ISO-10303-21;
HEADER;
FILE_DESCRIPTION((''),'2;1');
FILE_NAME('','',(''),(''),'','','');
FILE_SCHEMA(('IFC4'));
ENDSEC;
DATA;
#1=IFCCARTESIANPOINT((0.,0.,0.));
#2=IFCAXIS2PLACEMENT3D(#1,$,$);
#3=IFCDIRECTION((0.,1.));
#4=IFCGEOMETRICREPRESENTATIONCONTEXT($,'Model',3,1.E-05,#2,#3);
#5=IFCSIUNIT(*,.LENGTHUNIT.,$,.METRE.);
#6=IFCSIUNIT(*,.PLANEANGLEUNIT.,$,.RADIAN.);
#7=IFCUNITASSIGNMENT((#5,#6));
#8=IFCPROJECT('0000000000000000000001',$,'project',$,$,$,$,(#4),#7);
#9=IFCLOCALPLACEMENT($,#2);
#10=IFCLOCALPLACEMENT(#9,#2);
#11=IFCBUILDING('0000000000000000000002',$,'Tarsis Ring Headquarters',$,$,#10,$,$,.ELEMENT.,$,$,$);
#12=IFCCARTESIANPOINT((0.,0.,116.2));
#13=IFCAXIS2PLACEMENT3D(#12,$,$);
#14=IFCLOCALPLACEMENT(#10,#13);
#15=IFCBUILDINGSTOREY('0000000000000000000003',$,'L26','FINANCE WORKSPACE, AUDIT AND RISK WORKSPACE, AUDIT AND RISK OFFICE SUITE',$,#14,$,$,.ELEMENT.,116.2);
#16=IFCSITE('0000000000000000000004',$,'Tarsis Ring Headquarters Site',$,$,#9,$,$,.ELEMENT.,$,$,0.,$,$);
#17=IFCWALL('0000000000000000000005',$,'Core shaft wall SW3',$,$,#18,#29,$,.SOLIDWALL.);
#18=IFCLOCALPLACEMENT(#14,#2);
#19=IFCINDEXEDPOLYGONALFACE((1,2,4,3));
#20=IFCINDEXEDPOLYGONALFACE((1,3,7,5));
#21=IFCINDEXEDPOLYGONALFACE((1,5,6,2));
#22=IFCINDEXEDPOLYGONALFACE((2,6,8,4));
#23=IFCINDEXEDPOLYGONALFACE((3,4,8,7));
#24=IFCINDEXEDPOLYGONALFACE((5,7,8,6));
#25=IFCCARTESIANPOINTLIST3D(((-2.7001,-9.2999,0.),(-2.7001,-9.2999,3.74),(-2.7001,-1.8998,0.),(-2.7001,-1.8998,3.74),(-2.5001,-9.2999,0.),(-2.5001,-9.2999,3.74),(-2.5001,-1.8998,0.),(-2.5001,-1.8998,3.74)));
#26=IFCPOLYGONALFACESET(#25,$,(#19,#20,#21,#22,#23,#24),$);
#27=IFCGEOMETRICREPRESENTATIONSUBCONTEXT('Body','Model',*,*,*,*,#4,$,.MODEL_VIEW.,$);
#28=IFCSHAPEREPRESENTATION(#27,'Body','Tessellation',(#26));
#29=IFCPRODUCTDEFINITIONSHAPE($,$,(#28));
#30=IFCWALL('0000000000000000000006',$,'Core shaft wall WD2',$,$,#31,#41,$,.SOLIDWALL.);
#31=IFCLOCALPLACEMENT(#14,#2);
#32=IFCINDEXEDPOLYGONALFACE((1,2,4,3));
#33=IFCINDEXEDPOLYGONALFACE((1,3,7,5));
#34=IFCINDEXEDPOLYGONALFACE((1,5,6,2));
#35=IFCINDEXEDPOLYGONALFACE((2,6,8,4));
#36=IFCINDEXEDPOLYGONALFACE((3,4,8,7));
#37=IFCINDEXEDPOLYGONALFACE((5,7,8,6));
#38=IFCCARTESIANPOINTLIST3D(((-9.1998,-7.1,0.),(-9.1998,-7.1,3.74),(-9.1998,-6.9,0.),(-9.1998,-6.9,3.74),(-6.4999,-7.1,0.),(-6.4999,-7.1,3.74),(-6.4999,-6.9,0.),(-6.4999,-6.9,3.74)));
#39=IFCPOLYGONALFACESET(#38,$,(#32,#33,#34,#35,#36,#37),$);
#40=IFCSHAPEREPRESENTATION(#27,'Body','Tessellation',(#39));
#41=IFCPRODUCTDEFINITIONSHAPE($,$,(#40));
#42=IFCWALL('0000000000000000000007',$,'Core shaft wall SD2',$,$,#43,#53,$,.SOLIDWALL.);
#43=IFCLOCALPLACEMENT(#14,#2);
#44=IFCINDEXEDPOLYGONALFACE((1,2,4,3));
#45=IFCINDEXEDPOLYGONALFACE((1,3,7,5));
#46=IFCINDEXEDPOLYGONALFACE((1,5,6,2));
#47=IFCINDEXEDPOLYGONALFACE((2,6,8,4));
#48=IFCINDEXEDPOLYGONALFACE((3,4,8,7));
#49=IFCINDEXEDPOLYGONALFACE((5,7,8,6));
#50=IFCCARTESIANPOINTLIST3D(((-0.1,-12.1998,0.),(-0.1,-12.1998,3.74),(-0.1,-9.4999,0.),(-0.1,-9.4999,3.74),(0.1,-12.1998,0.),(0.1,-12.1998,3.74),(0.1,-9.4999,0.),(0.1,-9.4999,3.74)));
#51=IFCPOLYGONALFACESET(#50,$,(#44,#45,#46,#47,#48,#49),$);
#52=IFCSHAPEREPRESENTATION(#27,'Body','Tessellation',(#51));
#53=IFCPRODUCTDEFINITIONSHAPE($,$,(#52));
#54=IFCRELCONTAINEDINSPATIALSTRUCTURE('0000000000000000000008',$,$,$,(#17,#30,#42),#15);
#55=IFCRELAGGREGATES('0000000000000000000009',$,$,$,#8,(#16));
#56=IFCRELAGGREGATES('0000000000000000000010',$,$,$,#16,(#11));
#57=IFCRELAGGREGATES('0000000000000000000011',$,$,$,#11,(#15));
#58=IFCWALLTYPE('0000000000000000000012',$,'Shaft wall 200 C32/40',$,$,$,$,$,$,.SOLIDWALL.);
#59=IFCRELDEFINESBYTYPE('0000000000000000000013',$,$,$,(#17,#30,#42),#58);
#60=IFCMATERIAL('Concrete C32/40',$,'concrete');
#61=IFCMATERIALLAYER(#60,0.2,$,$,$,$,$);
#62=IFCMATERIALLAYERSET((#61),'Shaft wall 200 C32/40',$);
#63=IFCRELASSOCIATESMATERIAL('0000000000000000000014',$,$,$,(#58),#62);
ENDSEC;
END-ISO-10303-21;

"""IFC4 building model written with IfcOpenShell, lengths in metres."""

from ifc_helpers import new_model, si_unit, direction, frame, frame_2d, origin, place, context, subcontext, project, spatial, rectangle, extrude, material, layer, layer_set, type_object, element, save


model = new_model("IFC4")

# Units and contexts
model_context = context("Model", 3, precision=1e-05, world=origin(), true_north=direction((0.0, 1.0)))
body_context = subcontext(model_context, "Body", "Model", "MODEL_VIEW")
ifc_project = project(units=[si_unit("LENGTHUNIT", "METRE"), si_unit("PLANEANGLEUNIT", "RADIAN")], contexts=[model_context])

# Site, building, storey
site_placement = place(None, origin())
site = spatial("IfcSite", under=ifc_project, at=site_placement, Name="Tarsis Ring Headquarters Site", CompositionType="ELEMENT", RefElevation=0.0)
building_placement = place(site_placement, origin())
building = spatial("IfcBuilding", under=site, at=building_placement, Name="Tarsis Ring Headquarters", CompositionType="ELEMENT")
storey_placement = place(building_placement, frame((0.0, 0.0, 116.2)))
storey = spatial("IfcBuildingStorey", under=building, at=storey_placement, Name="L26", Description="FINANCE WORKSPACE, AUDIT AND RISK WORKSPACE, AUDIT AND RISK OFFICE SUITE", CompositionType="ELEMENT", Elevation=116.2)

# Shared definitions
ifc_material_1 = material(Name="Concrete C32/40", Category="concrete")

# Shared definitions
ifc_layer_1 = layer(ifc_material_1, 0.2)
ifc_layer_set_1 = layer_set([ifc_layer_1], Name="Shaft wall 200 C32/40")
wall_type_1 = type_object("IfcWallType", Name="Shaft wall 200 C32/40", PredefinedType="SOLIDWALL", material=ifc_layer_set_1)

# Walls
wall_1_placement = place(storey_placement, frame((-2.6001, -9.3, 0.0), z_axis=(0.0, 0.0, 1.0), x_axis=(0.0, 1.0, 0.0)))
element("IfcWall", 1, at=wall_1_placement, inside=storey, type_object=wall_type_1, Name="Core shaft wall SW3", PredefinedType="SOLIDWALL", context=body_context, shape_type="SweptSolid", body=[
    extrude(rectangle(XDim=7.4001, YDim=0.2, at=frame_2d((3.7002, 0.0))), origin(), (0.0, 0.0, 1.0), 3.74),
])
for number, where, z_axis, x_axis, name in (
    (2, (-9.2, -7.0, 0.0), (0.0, 0.0, 1.0), (1.0, 0.0, 0.0), "Core shaft wall WD2"),
    (3, (0.0, -12.2, 0.0), (0.0, 0.0, 1.0), (0.0, 1.0, 0.0), "Core shaft wall SD2"),
):
    element("IfcWall", number, at=place(storey_placement, frame(where, z_axis=z_axis, x_axis=x_axis)), inside=storey, type_object=wall_type_1, Name=name, PredefinedType="SOLIDWALL", context=body_context, shape_type="SweptSolid", body=[
        extrude(rectangle(XDim=2.7, YDim=0.2, at=frame_2d((1.3501, 0.0))), origin(), (0.0, 0.0, 1.0), 3.74),
    ])

save(model, "model.ifc")
